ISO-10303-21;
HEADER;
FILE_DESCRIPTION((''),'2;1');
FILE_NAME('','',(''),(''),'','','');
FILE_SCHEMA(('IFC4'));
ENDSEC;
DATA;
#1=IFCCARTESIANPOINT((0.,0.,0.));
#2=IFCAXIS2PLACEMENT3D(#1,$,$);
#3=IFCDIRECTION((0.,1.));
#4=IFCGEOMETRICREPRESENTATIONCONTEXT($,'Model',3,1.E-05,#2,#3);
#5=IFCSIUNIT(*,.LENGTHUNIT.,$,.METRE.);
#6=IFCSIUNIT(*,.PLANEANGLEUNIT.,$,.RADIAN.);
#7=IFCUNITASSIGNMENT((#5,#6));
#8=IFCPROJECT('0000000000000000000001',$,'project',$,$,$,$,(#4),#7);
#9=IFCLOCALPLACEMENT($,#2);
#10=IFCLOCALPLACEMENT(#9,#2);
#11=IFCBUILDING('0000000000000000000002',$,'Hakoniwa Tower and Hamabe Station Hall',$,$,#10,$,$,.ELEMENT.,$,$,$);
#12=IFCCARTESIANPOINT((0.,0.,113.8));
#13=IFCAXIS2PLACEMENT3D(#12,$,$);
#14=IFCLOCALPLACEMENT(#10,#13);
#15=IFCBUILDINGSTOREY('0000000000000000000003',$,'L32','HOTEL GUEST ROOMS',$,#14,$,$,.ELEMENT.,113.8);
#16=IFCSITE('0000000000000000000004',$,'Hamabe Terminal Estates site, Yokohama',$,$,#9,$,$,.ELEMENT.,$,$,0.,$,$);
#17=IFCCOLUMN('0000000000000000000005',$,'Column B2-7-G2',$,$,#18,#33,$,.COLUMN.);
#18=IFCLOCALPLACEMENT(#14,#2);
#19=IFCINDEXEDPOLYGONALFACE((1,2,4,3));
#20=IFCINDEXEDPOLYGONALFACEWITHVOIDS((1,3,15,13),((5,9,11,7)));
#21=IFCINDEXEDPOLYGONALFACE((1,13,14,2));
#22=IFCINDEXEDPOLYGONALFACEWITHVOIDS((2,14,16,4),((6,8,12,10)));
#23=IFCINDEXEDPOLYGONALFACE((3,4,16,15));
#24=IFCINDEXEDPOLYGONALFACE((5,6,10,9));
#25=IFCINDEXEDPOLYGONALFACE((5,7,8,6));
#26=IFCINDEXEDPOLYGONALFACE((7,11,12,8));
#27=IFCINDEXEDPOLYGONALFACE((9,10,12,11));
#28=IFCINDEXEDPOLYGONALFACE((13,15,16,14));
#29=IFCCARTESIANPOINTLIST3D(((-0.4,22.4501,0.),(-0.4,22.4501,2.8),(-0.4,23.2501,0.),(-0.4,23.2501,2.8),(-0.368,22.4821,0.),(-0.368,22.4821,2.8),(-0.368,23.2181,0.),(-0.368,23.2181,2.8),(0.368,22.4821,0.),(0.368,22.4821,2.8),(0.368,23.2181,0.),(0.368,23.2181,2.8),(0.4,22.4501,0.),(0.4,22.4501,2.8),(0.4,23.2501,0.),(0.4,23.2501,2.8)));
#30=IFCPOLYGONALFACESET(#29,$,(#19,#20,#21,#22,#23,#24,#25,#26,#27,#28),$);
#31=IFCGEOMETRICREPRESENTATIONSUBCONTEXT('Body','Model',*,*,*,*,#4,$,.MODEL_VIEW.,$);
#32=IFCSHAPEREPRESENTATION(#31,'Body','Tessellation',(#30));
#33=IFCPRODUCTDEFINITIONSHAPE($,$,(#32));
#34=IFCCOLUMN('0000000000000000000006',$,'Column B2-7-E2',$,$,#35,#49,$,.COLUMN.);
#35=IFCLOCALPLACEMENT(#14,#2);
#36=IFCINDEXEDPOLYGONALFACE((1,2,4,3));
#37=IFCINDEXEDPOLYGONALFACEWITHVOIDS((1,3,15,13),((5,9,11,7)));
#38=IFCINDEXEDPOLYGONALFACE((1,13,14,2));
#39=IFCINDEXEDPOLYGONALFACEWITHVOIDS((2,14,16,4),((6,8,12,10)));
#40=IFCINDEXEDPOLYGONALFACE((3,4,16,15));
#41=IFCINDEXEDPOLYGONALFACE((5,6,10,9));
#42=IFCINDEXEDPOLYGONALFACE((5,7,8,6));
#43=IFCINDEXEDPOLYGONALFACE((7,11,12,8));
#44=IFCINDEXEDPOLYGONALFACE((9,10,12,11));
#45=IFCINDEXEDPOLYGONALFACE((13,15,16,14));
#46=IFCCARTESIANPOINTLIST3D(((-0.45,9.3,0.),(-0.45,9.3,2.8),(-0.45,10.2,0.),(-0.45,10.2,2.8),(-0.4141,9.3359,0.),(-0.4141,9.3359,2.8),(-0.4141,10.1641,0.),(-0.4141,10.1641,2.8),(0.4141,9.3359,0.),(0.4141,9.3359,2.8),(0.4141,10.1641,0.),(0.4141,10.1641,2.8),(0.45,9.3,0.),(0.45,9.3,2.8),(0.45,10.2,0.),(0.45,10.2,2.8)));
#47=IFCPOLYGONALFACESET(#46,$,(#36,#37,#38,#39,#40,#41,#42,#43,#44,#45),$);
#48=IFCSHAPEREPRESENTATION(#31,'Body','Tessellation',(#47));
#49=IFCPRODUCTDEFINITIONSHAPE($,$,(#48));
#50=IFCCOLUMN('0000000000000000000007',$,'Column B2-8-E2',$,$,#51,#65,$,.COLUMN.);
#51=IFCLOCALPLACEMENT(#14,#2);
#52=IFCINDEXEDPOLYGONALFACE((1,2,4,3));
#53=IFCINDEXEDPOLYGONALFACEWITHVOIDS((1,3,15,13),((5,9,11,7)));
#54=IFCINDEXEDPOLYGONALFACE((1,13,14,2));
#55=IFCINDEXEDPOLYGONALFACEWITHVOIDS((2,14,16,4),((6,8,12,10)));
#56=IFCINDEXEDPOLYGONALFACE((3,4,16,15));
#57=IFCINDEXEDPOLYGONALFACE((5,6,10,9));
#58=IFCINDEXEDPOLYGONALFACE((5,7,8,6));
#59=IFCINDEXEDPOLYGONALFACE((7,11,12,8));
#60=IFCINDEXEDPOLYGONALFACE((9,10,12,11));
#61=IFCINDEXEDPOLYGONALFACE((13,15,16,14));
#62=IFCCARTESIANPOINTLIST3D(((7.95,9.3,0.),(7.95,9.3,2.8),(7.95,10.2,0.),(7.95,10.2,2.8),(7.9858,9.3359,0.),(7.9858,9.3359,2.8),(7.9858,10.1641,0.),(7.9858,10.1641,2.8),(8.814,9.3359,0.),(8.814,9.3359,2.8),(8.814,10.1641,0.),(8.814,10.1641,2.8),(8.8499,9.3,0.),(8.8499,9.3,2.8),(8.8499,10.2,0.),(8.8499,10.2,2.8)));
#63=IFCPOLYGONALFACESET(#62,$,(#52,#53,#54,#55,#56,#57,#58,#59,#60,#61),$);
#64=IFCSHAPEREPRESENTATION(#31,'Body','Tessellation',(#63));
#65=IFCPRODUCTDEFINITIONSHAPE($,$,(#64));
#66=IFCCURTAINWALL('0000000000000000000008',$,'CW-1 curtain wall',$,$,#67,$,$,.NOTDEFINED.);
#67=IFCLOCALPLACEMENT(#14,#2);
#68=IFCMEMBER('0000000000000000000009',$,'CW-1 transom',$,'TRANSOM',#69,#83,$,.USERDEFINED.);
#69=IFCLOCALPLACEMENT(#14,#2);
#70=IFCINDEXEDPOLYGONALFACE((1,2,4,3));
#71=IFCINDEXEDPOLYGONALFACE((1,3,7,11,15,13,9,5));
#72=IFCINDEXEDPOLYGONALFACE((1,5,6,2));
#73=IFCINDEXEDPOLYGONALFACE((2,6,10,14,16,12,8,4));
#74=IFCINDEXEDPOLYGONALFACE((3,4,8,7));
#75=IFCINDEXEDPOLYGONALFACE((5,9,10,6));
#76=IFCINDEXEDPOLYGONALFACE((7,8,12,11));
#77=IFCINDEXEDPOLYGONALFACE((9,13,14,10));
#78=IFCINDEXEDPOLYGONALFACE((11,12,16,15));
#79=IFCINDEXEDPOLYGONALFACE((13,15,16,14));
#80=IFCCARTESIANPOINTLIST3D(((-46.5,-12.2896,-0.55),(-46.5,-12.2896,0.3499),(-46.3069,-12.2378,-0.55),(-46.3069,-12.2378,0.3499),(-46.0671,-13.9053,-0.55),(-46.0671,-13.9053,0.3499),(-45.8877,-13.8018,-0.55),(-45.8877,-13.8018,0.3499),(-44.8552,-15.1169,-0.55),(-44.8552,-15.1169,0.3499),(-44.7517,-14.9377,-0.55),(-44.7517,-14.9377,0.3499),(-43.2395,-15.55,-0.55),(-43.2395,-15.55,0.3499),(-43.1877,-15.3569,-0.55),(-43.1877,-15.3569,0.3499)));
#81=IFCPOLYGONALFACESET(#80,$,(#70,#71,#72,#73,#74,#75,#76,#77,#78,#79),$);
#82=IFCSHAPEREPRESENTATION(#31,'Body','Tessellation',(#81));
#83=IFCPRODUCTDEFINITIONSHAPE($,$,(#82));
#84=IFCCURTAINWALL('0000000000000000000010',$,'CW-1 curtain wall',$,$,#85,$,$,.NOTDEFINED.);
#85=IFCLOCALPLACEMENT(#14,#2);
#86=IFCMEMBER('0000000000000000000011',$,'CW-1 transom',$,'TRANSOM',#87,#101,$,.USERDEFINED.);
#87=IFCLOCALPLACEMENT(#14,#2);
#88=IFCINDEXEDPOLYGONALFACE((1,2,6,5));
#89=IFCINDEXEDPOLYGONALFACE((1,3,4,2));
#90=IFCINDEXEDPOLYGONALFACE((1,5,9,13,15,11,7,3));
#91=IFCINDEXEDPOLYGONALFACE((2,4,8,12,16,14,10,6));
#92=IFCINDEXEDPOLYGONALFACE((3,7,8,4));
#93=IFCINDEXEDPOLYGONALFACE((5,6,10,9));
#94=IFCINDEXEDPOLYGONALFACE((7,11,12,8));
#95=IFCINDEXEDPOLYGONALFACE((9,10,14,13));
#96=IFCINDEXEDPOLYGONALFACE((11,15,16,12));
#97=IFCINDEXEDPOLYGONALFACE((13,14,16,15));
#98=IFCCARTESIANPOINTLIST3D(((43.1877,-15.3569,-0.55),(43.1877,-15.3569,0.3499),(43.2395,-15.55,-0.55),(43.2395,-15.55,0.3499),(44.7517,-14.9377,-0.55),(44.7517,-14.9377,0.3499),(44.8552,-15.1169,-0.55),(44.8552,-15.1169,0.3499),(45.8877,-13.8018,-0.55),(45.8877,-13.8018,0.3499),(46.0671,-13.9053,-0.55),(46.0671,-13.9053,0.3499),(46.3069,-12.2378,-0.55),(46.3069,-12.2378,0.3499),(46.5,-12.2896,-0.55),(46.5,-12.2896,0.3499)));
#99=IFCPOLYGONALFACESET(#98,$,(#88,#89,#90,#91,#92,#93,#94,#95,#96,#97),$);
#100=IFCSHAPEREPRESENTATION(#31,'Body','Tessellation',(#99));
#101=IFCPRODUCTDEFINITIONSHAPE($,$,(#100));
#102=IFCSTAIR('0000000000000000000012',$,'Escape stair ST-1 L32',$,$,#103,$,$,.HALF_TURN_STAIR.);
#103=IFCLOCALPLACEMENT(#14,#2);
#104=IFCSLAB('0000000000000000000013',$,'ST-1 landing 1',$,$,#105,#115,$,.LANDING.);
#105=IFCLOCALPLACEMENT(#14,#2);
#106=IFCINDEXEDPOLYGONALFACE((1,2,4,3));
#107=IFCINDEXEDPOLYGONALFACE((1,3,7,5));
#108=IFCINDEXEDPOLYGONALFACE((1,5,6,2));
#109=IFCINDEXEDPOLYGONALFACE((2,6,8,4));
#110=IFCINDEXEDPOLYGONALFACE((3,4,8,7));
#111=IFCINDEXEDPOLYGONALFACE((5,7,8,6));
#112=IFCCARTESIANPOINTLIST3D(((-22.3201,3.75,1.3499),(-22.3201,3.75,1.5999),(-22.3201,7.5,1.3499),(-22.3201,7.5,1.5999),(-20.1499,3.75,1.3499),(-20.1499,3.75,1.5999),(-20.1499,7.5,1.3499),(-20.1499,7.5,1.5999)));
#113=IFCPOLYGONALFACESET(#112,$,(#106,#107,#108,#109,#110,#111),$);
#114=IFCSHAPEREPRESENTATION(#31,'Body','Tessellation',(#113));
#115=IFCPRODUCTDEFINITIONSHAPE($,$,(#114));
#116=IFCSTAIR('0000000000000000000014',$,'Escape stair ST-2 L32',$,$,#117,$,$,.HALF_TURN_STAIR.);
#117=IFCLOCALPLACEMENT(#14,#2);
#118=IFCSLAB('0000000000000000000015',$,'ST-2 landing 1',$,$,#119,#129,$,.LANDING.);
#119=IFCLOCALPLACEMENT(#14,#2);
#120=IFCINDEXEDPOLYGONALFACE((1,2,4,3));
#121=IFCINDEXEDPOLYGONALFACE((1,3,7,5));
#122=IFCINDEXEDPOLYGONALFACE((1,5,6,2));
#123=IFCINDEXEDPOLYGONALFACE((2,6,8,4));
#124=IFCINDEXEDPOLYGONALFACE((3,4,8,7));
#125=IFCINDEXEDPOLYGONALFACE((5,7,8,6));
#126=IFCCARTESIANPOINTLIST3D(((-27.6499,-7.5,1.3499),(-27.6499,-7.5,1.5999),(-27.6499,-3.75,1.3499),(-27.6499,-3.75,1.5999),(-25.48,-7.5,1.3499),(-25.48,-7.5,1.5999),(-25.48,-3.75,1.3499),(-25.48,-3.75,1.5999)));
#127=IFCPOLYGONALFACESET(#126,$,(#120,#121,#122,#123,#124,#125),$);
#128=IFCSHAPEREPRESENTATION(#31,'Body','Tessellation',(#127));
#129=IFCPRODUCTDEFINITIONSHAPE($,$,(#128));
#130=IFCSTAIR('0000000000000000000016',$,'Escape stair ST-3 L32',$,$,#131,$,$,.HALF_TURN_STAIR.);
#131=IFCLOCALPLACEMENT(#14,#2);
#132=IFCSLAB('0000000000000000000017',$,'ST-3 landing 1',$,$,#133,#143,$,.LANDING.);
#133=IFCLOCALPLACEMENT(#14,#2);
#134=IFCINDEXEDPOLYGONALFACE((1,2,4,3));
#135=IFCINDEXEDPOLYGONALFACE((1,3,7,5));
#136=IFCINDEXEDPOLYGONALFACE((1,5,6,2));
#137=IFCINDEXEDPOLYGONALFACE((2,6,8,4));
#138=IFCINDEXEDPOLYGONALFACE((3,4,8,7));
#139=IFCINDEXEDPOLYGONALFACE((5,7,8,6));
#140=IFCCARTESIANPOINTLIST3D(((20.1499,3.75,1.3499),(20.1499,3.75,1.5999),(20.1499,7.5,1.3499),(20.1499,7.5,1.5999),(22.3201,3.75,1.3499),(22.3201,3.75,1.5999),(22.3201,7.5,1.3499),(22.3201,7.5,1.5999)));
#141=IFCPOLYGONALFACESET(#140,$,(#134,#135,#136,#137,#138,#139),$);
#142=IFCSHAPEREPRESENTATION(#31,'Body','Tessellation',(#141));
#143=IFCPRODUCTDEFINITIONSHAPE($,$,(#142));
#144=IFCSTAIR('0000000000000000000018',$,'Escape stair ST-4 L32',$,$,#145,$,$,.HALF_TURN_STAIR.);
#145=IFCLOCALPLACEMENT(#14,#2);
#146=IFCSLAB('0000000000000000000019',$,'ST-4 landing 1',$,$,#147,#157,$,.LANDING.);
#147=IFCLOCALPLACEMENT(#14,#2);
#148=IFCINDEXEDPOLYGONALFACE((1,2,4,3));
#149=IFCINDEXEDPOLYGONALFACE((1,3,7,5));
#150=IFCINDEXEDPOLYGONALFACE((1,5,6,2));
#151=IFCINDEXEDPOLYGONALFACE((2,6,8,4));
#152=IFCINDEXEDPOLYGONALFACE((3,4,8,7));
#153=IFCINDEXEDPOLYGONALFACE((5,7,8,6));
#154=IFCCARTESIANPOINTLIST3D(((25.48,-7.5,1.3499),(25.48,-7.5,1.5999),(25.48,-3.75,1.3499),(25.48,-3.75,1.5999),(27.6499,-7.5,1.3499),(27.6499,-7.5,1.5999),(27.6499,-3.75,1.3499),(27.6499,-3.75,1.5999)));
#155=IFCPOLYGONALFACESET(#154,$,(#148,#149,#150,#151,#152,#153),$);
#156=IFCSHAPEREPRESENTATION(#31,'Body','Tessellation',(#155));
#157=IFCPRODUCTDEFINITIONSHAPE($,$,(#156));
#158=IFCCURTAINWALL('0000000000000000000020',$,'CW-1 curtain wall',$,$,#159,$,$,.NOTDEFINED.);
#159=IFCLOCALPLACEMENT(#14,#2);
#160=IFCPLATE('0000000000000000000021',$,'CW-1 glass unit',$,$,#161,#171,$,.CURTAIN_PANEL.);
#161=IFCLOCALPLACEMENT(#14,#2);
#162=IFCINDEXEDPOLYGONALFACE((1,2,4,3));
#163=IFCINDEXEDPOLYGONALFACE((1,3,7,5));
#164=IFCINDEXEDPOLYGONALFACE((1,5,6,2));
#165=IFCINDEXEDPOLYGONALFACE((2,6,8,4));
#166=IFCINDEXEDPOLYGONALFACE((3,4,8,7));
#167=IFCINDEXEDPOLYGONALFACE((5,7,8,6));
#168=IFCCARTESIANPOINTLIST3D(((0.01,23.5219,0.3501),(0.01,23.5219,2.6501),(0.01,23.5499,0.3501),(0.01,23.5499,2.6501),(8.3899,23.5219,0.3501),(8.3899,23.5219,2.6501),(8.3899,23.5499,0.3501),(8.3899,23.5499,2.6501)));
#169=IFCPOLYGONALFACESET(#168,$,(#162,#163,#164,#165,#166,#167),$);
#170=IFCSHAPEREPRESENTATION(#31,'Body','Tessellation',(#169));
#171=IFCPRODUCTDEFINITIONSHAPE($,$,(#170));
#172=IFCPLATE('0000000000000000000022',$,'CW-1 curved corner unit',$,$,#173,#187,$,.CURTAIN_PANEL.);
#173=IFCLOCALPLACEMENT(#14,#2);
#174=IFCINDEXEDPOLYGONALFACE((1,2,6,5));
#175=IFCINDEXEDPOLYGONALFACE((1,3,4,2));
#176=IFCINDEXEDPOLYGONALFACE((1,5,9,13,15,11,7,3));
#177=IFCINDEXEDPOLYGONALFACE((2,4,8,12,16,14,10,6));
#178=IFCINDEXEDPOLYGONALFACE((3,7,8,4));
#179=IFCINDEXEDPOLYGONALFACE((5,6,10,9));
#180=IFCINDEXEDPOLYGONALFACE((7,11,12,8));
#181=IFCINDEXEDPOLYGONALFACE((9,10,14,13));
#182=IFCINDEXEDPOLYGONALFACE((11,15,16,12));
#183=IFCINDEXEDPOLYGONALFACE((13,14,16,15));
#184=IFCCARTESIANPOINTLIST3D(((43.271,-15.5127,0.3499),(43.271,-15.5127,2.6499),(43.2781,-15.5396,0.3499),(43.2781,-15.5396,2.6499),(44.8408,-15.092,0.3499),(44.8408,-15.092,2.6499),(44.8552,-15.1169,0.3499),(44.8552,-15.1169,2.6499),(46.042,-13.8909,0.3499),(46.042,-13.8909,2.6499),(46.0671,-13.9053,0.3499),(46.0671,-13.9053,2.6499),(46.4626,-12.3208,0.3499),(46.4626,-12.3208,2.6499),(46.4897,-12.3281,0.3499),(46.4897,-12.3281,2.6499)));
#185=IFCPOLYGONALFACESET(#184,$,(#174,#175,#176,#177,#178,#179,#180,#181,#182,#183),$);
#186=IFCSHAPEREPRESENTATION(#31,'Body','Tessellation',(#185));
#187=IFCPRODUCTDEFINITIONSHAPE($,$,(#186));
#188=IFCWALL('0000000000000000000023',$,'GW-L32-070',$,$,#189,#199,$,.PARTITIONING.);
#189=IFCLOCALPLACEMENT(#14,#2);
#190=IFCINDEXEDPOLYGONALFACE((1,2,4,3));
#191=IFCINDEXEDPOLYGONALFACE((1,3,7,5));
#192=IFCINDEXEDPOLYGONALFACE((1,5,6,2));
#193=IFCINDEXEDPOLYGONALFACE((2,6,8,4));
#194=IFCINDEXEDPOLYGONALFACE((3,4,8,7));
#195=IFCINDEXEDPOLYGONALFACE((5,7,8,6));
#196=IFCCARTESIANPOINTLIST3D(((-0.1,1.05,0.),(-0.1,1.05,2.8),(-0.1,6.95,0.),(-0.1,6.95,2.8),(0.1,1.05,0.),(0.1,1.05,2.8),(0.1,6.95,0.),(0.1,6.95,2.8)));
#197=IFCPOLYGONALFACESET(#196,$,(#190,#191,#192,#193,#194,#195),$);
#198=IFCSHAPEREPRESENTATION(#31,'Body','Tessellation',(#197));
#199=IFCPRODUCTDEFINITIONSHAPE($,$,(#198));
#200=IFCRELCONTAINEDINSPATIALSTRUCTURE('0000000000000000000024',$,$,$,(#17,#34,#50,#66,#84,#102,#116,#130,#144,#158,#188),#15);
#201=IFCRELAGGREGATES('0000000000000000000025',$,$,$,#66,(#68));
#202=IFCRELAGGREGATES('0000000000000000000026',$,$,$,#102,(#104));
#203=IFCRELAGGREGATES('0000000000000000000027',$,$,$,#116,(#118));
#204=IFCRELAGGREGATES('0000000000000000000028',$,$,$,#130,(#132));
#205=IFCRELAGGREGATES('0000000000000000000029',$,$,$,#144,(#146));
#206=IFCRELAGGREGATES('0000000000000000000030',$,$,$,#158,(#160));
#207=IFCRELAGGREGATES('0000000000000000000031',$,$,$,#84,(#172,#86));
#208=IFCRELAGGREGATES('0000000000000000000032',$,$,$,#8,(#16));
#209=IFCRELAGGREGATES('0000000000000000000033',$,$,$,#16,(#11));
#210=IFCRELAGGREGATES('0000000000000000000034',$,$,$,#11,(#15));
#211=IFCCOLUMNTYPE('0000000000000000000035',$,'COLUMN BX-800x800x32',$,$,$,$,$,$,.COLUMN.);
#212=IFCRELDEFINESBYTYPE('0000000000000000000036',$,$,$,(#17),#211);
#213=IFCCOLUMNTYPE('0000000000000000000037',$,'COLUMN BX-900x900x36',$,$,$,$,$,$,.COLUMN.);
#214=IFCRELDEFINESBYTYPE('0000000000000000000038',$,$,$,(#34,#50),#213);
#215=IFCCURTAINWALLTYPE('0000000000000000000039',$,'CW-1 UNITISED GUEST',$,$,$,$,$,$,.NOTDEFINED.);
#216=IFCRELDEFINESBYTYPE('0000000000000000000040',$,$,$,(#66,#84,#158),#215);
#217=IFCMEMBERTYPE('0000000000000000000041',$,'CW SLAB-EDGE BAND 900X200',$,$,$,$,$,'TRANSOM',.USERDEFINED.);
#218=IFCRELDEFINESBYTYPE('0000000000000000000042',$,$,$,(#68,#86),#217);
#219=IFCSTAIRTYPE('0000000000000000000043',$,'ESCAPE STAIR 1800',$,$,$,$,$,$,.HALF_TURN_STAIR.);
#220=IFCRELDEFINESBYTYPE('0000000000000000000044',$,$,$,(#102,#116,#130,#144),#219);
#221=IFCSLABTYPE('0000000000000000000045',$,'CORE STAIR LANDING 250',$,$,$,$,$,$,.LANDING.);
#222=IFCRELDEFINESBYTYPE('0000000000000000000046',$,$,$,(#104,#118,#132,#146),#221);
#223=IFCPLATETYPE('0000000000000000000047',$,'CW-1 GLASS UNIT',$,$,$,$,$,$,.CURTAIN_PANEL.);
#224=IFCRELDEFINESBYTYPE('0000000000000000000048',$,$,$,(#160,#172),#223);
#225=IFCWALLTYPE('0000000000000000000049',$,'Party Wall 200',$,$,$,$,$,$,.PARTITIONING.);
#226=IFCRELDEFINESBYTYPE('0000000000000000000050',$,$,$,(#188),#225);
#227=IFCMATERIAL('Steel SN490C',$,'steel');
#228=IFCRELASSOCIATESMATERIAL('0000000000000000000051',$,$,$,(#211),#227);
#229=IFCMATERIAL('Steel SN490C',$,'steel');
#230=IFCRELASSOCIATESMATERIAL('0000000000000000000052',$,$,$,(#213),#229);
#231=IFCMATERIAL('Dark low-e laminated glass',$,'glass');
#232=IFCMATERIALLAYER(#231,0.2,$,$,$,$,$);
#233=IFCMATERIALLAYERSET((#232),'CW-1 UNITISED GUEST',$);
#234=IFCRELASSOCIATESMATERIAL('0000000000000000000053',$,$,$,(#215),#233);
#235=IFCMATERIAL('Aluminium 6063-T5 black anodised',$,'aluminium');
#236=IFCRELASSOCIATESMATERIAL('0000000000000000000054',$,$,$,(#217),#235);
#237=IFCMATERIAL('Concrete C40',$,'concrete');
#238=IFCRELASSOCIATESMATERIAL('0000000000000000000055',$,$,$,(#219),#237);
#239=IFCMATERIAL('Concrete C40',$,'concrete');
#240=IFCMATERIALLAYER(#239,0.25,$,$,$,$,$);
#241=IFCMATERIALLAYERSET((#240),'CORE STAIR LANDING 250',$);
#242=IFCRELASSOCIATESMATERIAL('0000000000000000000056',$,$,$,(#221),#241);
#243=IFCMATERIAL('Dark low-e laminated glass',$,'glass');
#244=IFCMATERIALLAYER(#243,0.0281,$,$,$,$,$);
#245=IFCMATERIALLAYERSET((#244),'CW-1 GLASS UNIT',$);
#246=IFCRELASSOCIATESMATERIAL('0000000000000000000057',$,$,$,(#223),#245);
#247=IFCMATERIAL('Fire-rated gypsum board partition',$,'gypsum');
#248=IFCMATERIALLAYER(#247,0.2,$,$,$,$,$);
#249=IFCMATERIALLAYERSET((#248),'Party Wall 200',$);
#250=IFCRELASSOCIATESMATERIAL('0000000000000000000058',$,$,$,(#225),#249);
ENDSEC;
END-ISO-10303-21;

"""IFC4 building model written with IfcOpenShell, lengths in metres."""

from ifc_helpers import new_model, si_unit, direction, frame, frame_2d, origin, origin_2d, place, context, subcontext, project, spatial, polyline, rectangle, hollow_rectangle, outline, extrude, material, layer, layer_set, material_profile, profile_set, type_object, element, aggregate, save


model = new_model("IFC4")

# Units and contexts
model_context = context("Model", 3, precision=1e-05, world=origin(), true_north=direction((0.0, 1.0)))
body_context = subcontext(model_context, "Body", "Model", "MODEL_VIEW")
ifc_project = project(units=[si_unit("LENGTHUNIT", "METRE"), si_unit("PLANEANGLEUNIT", "RADIAN")], contexts=[model_context])

# Site, building, storey
site_placement = place(None, origin())
site = spatial("IfcSite", under=ifc_project, at=site_placement, Name="Hamabe Terminal Estates site, Yokohama", CompositionType="ELEMENT", RefElevation=0.0)
building_placement = place(site_placement, origin())
building = spatial("IfcBuilding", under=site, at=building_placement, Name="Hakoniwa Tower and Hamabe Station Hall", CompositionType="ELEMENT")
storey_placement = place(building_placement, frame((0.0, 0.0, 113.8)))
storey = spatial("IfcBuildingStorey", under=building, at=storey_placement, Name="L32", Description="HOTEL GUEST ROOMS", CompositionType="ELEMENT", Elevation=113.8)

# Columns
ifc_material_1 = material(Name="Steel SN490C", Category="steel")
ifc_material_profile_1 = material_profile(ifc_material_1, hollow_rectangle(XDim=0.8, YDim=0.8, WallThickness=0.032, at=origin_2d()), Name="BX-800x800x32")
ifc_profile_set_1 = profile_set([ifc_material_profile_1], Name="Steel SN490C")
column_type_1 = type_object("IfcColumnType", Name="COLUMN BX-800x800x32", PredefinedType="COLUMN", material=ifc_profile_set_1)
column_placement = place(storey_placement, frame((0.0, 22.8501, 0.0), z_axis=(0.0, 0.0, 1.0), x_axis=(1.0, 0.0, 0.0)))
element("IfcColumn", 1, at=column_placement, inside=storey, type_object=column_type_1, Name="Column B2-7-G2", PredefinedType="COLUMN", context=body_context, shape_type="SweptSolid", body=[
    extrude(hollow_rectangle(XDim=0.8, YDim=0.8, WallThickness=0.032, at=origin_2d()), origin(), (0.0, 0.0, 1.0), 2.8),
])
ifc_material_2 = material(Name="Steel SN490C", Category="steel")
ifc_material_profile_2 = material_profile(ifc_material_2, hollow_rectangle(XDim=0.8999, YDim=0.8999, WallThickness=0.0359, at=origin_2d()), Name="BX-900x900x36")
ifc_profile_set_2 = profile_set([ifc_material_profile_2], Name="Steel SN490C")
column_type_2 = type_object("IfcColumnType", Name="COLUMN BX-900x900x36", PredefinedType="COLUMN", material=ifc_profile_set_2)
for number, where, z_axis, x_axis, name in (
    (2, (0.0, 9.75, 0.0), (0.0, 0.0, 1.0), (1.0, 0.0, 0.0), "Column B2-7-E2"),
    (3, (8.3999, 9.75, 0.0), (0.0, 0.0, 1.0), (1.0, 0.0, 0.0), "Column B2-8-E2"),
):
    element("IfcColumn", number, at=place(storey_placement, frame(where, z_axis=z_axis, x_axis=x_axis)), inside=storey, type_object=column_type_2, Name=name, PredefinedType="COLUMN", context=body_context, shape_type="SweptSolid", body=[
        extrude(hollow_rectangle(XDim=0.8999, YDim=0.8999, WallThickness=0.0359, at=origin_2d()), origin(), (0.0, 0.0, 1.0), 2.8),
    ])

# Curtain walls, members
ifc_material_3 = material(Name="Dark low-e laminated glass", Category="glass")
ifc_layer_1 = layer(ifc_material_3, 0.2)
ifc_layer_set_1 = layer_set([ifc_layer_1], Name="CW-1 UNITISED GUEST")
curtain_wall_type = type_object("IfcCurtainWallType", Name="CW-1 UNITISED GUEST", PredefinedType="NOTDEFINED", material=ifc_layer_set_1)
curtain_wall_1_placement = place(storey_placement, origin())
curtain_wall_1 = element("IfcCurtainWall", 4, at=curtain_wall_1_placement, inside=storey, type_object=curtain_wall_type, Name="CW-1 curtain wall", PredefinedType="NOTDEFINED")
ifc_material_4 = material(Name="Aluminium 6063-T5 black anodised", Category="aluminium")
ifc_material_profile_3 = material_profile(ifc_material_4, rectangle(XDim=0.2, YDim=0.8999, at=origin_2d()), Name="CW SLAB-EDGE BAND 900X200")
ifc_profile_set_3 = profile_set([ifc_material_profile_3], Name="Aluminium 6063-T5 black anodised")
member_type = type_object("IfcMemberType", Name="CW SLAB-EDGE BAND 900X200", ElementType="TRANSOM", PredefinedType="USERDEFINED", material=ifc_profile_set_3)
member_1_placement = place(storey_placement, frame((0.0, 0.0, -0.55)))
member_1 = element("IfcMember", 5, at=member_1_placement, type_object=member_type, Name="CW-1 transom", ObjectType="TRANSOM", PredefinedType="USERDEFINED", context=body_context, shape_type="SweptSolid", body=[
    extrude(outline(polyline([(-46.5, -12.2896), (-46.0671, -13.9053), (-44.8552, -15.1169), (-43.2395, -15.55), (-43.1877, -15.3569), (-44.7517, -14.9377), (-45.8877, -13.8018), (-46.3069, -12.2378), (-46.5, -12.2896)])), origin(), (0.0, 0.0, 1.0), 0.8999),
])
aggregate(curtain_wall_1, [member_1])
curtain_wall_2_placement = place(storey_placement, origin())
curtain_wall_2 = element("IfcCurtainWall", 6, at=curtain_wall_2_placement, inside=storey, type_object=curtain_wall_type, Name="CW-1 curtain wall", PredefinedType="NOTDEFINED")
member_2_placement = place(storey_placement, frame((0.0, 0.0, -0.55)))
member_2 = element("IfcMember", 7, at=member_2_placement, type_object=member_type, Name="CW-1 transom", ObjectType="TRANSOM", PredefinedType="USERDEFINED", context=body_context, shape_type="SweptSolid", body=[
    extrude(outline(polyline([(43.2395, -15.55), (44.8552, -15.1169), (46.0671, -13.9053), (46.5, -12.2896), (46.3069, -12.2378), (45.8877, -13.8018), (44.7517, -14.9377), (43.1877, -15.3569), (43.2395, -15.55)])), origin(), (0.0, 0.0, 1.0), 0.8999),
])

# Stairs, slabs
ifc_material_5 = material(Name="Concrete C40", Category="concrete")
stair_type = type_object("IfcStairType", Name="ESCAPE STAIR 1800", PredefinedType="HALF_TURN_STAIR", material=ifc_material_5)
stair_1_placement = place(storey_placement, origin())
stair_1 = element("IfcStair", 8, at=stair_1_placement, inside=storey, type_object=stair_type, Name="Escape stair ST-1 L32", PredefinedType="HALF_TURN_STAIR")
ifc_material_6 = material(Name="Concrete C40", Category="concrete")
ifc_layer_2 = layer(ifc_material_6, 0.25)
ifc_layer_set_2 = layer_set([ifc_layer_2], Name="CORE STAIR LANDING 250")
slab_type = type_object("IfcSlabType", Name="CORE STAIR LANDING 250", PredefinedType="LANDING", material=ifc_layer_set_2)
slab_1_placement = place(storey_placement, frame((0.0, 0.0, 1.3499)))
slab_1 = element("IfcSlab", 9, at=slab_1_placement, type_object=slab_type, Name="ST-1 landing 1", PredefinedType="LANDING", context=body_context, shape_type="SweptSolid", body=[
    extrude(outline(polyline([(-22.3201, 3.75), (-20.1499, 3.75), (-20.1499, 7.5), (-22.3201, 7.5), (-22.3201, 3.75)])), origin(), (0.0, 0.0, 1.0), 0.25),
])
aggregate(stair_1, [slab_1])
stair_2_placement = place(storey_placement, origin())
stair_2 = element("IfcStair", 10, at=stair_2_placement, inside=storey, type_object=stair_type, Name="Escape stair ST-2 L32", PredefinedType="HALF_TURN_STAIR")
slab_2_placement = place(storey_placement, frame((0.0, 0.0, 1.3499)))
slab_2 = element("IfcSlab", 11, at=slab_2_placement, type_object=slab_type, Name="ST-2 landing 1", PredefinedType="LANDING", context=body_context, shape_type="SweptSolid", body=[
    extrude(outline(polyline([(-25.48, -7.5), (-27.6499, -7.5), (-27.6499, -3.75), (-25.48, -3.75), (-25.48, -7.5)])), origin(), (0.0, 0.0, 1.0), 0.25),
])
aggregate(stair_2, [slab_2])
stair_3_placement = place(storey_placement, origin())
stair_3 = element("IfcStair", 12, at=stair_3_placement, inside=storey, type_object=stair_type, Name="Escape stair ST-3 L32", PredefinedType="HALF_TURN_STAIR")
slab_3_placement = place(storey_placement, frame((0.0, 0.0, 1.3499)))
slab_3 = element("IfcSlab", 13, at=slab_3_placement, type_object=slab_type, Name="ST-3 landing 1", PredefinedType="LANDING", context=body_context, shape_type="SweptSolid", body=[
    extrude(outline(polyline([(22.3201, 3.75), (20.1499, 3.75), (20.1499, 7.5), (22.3201, 7.5), (22.3201, 3.75)])), origin(), (0.0, 0.0, 1.0), 0.25),
])
aggregate(stair_3, [slab_3])
stair_4_placement = place(storey_placement, origin())
stair_4 = element("IfcStair", 14, at=stair_4_placement, inside=storey, type_object=stair_type, Name="Escape stair ST-4 L32", PredefinedType="HALF_TURN_STAIR")
slab_4_placement = place(storey_placement, frame((0.0, 0.0, 1.3499)))
slab_4 = element("IfcSlab", 15, at=slab_4_placement, type_object=slab_type, Name="ST-4 landing 1", PredefinedType="LANDING", context=body_context, shape_type="SweptSolid", body=[
    extrude(outline(polyline([(25.48, -7.5), (27.6499, -7.5), (27.6499, -3.75), (25.48, -3.75), (25.48, -7.5)])), origin(), (0.0, 0.0, 1.0), 0.25),
])
aggregate(stair_4, [slab_4])

# Curtain wall, plate
curtain_wall_3_placement = place(storey_placement, origin())
curtain_wall_3 = element("IfcCurtainWall", 16, at=curtain_wall_3_placement, inside=storey, type_object=curtain_wall_type, Name="CW-1 curtain wall", PredefinedType="NOTDEFINED")
ifc_material_7 = material(Name="Dark low-e laminated glass", Category="glass")
ifc_layer_3 = layer(ifc_material_7, 0.0281)
ifc_layer_set_3 = layer_set([ifc_layer_3], Name="CW-1 GLASS UNIT")
plate_type = type_object("IfcPlateType", Name="CW-1 GLASS UNIT", PredefinedType="CURTAIN_PANEL", material=ifc_layer_set_3)
plate_1_placement = place(storey_placement, frame((4.2, 23.5359, 0.3501), z_axis=(0.0, 0.0, 1.0), x_axis=(-1.0, 0.0, 0.0)))
plate_1 = element("IfcPlate", 17, at=plate_1_placement, type_object=plate_type, Name="CW-1 glass unit", PredefinedType="CURTAIN_PANEL", context=body_context, shape_type="SweptSolid", body=[
    extrude(rectangle(XDim=8.3799, YDim=0.0281, at=origin_2d()), origin(), (0.0, 0.0, 1.0), 2.3),
])
aggregate(curtain_wall_3, [plate_1])

# Plate
plate_2_placement = place(storey_placement, frame((0.0, 0.0, 0.3499)))
plate_2 = element("IfcPlate", 18, at=plate_2_placement, type_object=plate_type, Name="CW-1 curved corner unit", PredefinedType="CURTAIN_PANEL", context=body_context, shape_type="SweptSolid", body=[
    extrude(outline(polyline([(43.2781, -15.5396), (44.8552, -15.1169), (46.0671, -13.9053), (46.4897, -12.3281), (46.4626, -12.3208), (46.042, -13.8909), (44.8408, -15.092), (43.271, -15.5127), (43.2781, -15.5396)])), origin(), (0.0, 0.0, 1.0), 2.3),
])
aggregate(curtain_wall_2, [plate_2, member_2])

# Wall
ifc_material_8 = material(Name="Fire-rated gypsum board partition", Category="gypsum")
ifc_layer_4 = layer(ifc_material_8, 0.2)
ifc_layer_set_4 = layer_set([ifc_layer_4], Name="Party Wall 200")
wall_type = type_object("IfcWallType", Name="Party Wall 200", PredefinedType="PARTITIONING", material=ifc_layer_set_4)
wall_1_placement = place(storey_placement, frame((0.0, 1.05, 0.0), z_axis=(0.0, 0.0, 1.0), x_axis=(0.0, 1.0, 0.0)))
element("IfcWall", 19, at=wall_1_placement, inside=storey, type_object=wall_type, Name="GW-L32-070", PredefinedType="PARTITIONING", context=body_context, shape_type="SweptSolid", body=[
    extrude(rectangle(XDim=5.8999, YDim=0.2, at=frame_2d((2.95, 0.0))), origin(), (0.0, 0.0, 1.0), 2.8),
])

save(model, "model.ifc")
